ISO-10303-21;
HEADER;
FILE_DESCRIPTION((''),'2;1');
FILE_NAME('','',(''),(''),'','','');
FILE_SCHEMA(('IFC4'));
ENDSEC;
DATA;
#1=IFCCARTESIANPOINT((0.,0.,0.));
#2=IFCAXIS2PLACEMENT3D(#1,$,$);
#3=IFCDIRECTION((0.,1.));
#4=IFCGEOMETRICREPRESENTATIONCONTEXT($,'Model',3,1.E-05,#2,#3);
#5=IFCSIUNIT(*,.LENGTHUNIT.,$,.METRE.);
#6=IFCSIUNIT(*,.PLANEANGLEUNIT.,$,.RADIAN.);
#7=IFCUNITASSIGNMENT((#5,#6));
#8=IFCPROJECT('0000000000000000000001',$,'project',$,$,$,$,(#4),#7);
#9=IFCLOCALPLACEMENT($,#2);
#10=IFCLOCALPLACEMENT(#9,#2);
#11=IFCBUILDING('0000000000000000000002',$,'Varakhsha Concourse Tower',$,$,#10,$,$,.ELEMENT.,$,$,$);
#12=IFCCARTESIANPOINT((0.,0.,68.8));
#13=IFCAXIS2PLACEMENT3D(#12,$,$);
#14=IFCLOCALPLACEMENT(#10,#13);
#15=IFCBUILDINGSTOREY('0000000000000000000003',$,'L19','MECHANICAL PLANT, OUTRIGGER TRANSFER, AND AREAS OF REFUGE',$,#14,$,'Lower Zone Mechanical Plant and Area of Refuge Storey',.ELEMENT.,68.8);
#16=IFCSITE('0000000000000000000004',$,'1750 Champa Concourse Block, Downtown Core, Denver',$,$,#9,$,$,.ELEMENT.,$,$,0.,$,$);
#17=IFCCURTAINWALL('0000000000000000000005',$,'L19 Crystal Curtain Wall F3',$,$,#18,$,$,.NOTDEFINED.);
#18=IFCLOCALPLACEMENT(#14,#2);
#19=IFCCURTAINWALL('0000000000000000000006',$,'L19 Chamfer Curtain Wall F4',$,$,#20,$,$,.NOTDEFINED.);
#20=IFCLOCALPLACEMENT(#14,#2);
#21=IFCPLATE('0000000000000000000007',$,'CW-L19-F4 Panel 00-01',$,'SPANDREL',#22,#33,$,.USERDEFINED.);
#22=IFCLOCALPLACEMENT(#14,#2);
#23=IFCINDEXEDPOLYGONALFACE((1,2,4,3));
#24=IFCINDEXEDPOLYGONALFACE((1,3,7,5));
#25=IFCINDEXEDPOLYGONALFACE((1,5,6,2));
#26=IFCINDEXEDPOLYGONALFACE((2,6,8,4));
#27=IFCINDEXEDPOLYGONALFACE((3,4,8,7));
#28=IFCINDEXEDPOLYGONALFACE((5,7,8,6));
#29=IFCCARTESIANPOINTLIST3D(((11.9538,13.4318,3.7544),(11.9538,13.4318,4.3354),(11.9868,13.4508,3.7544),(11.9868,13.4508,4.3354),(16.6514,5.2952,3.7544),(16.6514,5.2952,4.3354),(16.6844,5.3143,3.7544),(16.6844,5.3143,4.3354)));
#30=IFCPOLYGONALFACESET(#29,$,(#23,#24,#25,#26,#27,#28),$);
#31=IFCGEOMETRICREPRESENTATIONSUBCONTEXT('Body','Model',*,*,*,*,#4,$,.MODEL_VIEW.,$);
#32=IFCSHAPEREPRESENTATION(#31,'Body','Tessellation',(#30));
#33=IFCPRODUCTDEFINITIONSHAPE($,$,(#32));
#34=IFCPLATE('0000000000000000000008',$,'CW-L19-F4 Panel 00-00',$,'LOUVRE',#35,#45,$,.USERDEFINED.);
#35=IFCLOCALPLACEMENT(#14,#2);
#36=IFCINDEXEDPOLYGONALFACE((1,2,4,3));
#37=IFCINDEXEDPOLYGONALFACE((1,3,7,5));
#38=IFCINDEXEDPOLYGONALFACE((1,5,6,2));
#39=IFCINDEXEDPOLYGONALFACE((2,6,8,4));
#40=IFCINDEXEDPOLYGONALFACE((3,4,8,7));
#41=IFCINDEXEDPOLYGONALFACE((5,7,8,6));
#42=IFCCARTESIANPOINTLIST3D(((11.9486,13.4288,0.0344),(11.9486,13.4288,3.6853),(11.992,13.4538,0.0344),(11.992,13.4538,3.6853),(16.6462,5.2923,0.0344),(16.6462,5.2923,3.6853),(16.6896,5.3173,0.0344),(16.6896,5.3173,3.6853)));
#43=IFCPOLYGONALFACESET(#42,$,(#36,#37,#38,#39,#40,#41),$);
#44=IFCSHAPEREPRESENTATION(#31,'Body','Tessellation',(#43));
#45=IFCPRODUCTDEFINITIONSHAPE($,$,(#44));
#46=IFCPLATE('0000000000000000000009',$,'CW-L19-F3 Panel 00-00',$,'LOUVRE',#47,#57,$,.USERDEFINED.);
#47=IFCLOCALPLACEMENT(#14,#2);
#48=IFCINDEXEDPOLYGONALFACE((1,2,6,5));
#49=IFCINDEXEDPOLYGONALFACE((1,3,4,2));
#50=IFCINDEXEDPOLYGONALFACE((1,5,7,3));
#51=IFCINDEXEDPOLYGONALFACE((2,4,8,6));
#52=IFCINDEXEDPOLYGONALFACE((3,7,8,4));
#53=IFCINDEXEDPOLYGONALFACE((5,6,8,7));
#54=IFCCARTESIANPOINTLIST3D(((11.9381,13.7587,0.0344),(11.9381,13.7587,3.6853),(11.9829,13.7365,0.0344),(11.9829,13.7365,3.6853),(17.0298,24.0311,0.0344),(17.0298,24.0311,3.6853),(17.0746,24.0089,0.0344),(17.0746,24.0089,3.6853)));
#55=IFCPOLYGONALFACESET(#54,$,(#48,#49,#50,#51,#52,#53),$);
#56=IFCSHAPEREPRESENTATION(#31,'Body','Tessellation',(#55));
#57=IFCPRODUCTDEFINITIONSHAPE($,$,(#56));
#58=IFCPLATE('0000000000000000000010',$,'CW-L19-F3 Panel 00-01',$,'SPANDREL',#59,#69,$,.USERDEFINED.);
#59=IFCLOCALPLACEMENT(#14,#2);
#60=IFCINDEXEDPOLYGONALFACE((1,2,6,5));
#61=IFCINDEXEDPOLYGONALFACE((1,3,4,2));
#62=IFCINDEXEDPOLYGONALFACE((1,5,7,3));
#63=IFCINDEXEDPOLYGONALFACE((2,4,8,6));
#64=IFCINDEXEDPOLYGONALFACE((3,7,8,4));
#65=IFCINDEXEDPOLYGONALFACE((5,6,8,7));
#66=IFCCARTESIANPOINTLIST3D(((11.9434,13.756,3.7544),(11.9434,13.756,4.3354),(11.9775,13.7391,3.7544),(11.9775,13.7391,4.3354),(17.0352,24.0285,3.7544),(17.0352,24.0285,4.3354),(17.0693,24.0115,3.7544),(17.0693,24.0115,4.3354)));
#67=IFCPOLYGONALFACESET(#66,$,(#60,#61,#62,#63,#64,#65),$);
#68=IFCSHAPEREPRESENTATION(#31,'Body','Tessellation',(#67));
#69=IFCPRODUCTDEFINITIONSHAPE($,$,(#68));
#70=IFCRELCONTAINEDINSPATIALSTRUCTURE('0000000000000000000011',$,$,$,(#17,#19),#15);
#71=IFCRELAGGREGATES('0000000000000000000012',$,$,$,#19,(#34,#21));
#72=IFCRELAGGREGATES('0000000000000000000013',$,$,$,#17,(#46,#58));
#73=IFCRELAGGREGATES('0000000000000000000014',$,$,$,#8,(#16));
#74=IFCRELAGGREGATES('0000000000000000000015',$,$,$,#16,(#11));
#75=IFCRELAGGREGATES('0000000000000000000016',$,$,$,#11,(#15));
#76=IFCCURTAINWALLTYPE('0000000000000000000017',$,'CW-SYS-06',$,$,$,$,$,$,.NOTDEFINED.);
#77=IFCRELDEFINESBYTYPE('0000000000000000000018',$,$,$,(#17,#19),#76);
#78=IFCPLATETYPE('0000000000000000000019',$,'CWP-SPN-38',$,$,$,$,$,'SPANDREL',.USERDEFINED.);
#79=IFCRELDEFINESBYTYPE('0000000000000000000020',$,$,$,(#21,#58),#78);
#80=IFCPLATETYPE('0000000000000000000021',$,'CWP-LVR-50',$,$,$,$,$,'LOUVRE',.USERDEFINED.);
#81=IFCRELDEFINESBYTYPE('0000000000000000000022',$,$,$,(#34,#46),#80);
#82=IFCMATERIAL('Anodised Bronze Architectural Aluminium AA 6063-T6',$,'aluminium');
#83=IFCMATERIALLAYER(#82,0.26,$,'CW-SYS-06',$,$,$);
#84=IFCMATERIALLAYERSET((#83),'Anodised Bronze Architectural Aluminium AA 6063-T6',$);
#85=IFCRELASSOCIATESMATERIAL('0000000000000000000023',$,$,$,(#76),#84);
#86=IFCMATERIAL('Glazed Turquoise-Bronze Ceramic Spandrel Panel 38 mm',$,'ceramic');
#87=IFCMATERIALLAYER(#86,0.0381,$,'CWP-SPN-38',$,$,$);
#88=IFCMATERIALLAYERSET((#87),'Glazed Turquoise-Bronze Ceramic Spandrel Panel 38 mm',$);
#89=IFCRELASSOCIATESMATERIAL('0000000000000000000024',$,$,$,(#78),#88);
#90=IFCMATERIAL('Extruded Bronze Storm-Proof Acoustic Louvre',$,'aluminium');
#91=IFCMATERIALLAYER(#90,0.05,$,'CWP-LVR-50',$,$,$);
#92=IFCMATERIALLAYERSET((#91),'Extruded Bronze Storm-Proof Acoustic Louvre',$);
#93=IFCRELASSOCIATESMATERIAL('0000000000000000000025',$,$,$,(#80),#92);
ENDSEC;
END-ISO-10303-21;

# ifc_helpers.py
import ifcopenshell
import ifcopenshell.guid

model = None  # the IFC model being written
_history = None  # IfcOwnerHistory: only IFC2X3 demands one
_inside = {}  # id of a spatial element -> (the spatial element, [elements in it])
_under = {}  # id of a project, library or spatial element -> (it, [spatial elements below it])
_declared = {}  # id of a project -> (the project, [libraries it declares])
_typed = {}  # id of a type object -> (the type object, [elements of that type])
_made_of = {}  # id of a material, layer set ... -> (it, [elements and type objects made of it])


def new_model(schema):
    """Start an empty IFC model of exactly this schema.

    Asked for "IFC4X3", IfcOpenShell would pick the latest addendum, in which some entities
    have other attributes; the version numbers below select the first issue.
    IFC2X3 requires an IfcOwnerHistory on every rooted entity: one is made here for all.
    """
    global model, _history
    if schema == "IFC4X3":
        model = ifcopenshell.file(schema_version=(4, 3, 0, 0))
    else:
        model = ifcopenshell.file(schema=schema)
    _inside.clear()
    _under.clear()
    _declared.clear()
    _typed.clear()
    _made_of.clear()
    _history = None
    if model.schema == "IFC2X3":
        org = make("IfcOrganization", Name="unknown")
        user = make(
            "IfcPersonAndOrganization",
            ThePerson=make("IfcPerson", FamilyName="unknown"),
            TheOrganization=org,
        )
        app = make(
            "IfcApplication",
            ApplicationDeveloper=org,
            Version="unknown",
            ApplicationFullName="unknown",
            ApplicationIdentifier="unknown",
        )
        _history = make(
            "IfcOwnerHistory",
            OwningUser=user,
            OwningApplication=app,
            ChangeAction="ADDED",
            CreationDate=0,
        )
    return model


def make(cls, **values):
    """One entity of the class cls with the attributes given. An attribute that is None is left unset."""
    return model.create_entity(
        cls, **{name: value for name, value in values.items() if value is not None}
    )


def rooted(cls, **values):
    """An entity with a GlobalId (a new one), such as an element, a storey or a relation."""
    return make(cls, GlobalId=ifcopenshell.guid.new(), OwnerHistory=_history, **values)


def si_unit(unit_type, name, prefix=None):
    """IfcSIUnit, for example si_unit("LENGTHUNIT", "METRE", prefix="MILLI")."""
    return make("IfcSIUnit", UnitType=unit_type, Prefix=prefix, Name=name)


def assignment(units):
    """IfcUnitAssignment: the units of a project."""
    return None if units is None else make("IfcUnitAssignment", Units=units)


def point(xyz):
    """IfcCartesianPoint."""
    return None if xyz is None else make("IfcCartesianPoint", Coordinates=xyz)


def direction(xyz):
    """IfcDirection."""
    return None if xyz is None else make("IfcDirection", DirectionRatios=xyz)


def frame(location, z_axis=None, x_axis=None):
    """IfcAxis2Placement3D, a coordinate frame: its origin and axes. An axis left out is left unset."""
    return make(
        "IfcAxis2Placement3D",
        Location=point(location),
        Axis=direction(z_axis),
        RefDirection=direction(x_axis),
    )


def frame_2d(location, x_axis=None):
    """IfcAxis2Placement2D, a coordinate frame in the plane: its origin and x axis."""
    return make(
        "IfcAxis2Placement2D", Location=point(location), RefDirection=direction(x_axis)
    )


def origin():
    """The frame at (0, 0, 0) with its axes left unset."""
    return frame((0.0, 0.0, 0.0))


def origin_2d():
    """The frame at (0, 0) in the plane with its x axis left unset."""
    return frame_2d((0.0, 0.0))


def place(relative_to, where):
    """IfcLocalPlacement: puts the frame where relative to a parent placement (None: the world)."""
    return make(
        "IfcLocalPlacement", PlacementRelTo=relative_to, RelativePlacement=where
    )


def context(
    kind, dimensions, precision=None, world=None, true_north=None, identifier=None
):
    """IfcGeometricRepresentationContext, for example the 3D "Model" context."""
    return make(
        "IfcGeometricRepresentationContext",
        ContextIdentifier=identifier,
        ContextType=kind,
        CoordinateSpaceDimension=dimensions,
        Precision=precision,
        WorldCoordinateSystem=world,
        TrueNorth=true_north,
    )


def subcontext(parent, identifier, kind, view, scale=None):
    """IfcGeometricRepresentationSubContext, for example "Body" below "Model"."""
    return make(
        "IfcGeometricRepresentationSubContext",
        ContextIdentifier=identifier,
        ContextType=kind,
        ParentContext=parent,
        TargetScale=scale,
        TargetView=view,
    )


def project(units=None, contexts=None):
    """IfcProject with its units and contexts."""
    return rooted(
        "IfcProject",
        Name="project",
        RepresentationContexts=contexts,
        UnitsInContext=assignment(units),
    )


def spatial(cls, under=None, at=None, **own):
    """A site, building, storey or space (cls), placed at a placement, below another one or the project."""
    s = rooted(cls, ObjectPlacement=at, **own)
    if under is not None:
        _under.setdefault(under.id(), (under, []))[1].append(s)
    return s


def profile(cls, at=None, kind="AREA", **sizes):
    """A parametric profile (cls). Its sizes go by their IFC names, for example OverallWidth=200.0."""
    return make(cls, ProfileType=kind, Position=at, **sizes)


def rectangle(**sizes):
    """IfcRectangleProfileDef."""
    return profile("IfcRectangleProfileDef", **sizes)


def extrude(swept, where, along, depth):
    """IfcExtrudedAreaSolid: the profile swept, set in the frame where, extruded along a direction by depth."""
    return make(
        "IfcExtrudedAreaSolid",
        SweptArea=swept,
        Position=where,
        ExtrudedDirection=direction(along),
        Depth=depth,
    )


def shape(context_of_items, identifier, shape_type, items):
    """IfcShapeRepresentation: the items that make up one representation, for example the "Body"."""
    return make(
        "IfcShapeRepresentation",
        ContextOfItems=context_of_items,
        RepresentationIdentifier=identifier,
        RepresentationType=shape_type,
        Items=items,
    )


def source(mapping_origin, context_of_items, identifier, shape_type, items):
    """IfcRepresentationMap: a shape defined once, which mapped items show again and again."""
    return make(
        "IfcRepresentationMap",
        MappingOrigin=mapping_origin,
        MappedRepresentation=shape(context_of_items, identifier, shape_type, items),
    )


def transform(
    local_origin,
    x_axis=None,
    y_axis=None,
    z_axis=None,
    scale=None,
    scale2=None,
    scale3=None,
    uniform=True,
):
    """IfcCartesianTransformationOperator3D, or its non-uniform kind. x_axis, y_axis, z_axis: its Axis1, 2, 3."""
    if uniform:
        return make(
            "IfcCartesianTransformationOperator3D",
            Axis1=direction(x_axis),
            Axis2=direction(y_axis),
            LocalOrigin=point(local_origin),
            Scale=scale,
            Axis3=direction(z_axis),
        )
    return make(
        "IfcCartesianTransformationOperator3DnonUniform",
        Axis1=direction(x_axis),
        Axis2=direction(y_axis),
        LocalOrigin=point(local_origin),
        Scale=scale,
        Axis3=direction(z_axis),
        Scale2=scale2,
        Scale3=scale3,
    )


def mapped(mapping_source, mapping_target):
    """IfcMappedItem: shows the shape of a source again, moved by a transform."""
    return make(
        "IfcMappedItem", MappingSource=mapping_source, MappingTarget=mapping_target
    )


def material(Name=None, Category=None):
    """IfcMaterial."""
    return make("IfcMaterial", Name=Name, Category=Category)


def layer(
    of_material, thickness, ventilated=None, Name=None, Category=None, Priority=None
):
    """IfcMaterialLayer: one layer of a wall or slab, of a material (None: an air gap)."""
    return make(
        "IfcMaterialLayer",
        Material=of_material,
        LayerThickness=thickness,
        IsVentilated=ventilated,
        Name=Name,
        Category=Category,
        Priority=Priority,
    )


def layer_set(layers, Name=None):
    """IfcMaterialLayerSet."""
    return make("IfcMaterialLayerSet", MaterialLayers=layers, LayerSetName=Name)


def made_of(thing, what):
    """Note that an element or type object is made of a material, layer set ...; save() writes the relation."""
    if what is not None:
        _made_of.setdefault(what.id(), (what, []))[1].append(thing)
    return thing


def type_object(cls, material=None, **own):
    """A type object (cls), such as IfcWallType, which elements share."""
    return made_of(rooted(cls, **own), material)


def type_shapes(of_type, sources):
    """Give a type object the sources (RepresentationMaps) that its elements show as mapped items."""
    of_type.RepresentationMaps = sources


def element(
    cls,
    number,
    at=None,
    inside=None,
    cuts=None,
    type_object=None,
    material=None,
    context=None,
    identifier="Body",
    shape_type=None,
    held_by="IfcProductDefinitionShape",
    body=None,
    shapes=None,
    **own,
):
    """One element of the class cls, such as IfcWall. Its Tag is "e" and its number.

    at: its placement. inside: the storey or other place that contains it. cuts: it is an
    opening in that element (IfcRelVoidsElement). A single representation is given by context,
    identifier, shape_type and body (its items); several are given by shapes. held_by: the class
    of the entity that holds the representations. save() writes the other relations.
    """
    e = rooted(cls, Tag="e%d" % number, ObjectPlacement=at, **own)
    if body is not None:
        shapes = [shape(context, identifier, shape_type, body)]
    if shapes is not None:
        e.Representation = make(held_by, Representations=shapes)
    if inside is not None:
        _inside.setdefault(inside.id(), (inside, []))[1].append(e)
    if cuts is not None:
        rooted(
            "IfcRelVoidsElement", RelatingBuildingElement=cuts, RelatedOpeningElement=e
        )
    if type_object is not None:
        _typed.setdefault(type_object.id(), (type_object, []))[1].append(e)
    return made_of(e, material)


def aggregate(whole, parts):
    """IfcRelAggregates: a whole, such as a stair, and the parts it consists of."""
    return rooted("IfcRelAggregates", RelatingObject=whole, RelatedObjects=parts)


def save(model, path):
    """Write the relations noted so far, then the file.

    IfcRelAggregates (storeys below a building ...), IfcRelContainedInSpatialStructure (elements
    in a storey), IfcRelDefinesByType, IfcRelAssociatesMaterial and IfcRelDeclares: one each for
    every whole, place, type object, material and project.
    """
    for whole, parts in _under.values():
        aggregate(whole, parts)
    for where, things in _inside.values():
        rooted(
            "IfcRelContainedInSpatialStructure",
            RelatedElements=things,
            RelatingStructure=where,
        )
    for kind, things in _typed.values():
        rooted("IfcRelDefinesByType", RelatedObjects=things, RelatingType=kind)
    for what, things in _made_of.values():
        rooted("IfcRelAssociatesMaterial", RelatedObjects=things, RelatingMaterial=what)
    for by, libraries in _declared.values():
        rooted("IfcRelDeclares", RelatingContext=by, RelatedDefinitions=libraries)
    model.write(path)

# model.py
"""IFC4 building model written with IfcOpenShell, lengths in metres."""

from ifc_helpers import new_model, si_unit, direction, frame, origin, origin_2d, place, context, subcontext, project, spatial, rectangle, extrude, source, transform, mapped, material, layer, layer_set, type_object, type_shapes, element, aggregate, save


model = new_model("IFC4")

# Units and contexts
model_context = context("Model", 3, precision=1e-05, world=origin(), true_north=direction((0.0, 1.0)))
body_context = subcontext(model_context, "Body", "Model", "MODEL_VIEW")
ifc_project = project(units=[si_unit("LENGTHUNIT", "METRE"), si_unit("PLANEANGLEUNIT", "RADIAN")], contexts=[model_context])

# Site, building, storey
site_placement = place(None, origin())
site = spatial("IfcSite", under=ifc_project, at=site_placement, Name="1750 Champa Concourse Block, Downtown Core, Denver", CompositionType="ELEMENT", RefElevation=0.0)
building_placement = place(site_placement, origin())
building = spatial("IfcBuilding", under=site, at=building_placement, Name="Varakhsha Concourse Tower", CompositionType="ELEMENT")
storey_placement = place(building_placement, frame((0.0, 0.0, 68.8)))
storey = spatial("IfcBuildingStorey", under=building, at=storey_placement, Name="L19", Description="MECHANICAL PLANT, OUTRIGGER TRANSFER, AND AREAS OF REFUGE", LongName="Lower Zone Mechanical Plant and Area of Refuge Storey", CompositionType="ELEMENT", Elevation=68.8)

# Curtain walls
ifc_material_1 = material(Name="Anodised Bronze Architectural Aluminium AA 6063-T6", Category="aluminium")
ifc_layer_1 = layer(ifc_material_1, 0.26, Name="CW-SYS-06")
ifc_layer_set_1 = layer_set([ifc_layer_1], Name="Anodised Bronze Architectural Aluminium AA 6063-T6")
curtain_wall_type = type_object("IfcCurtainWallType", Name="CW-SYS-06", PredefinedType="NOTDEFINED", material=ifc_layer_set_1)
curtain_wall_1_placement = place(storey_placement, origin())
curtain_wall_1 = element("IfcCurtainWall", 1, at=curtain_wall_1_placement, inside=storey, type_object=curtain_wall_type, Name="L19 Crystal Curtain Wall F3", PredefinedType="NOTDEFINED")
curtain_wall_2_placement = place(storey_placement, origin())
curtain_wall_2 = element("IfcCurtainWall", 2, at=curtain_wall_2_placement, inside=storey, type_object=curtain_wall_type, Name="L19 Chamfer Curtain Wall F4", PredefinedType="NOTDEFINED")

# Plates
ifc_material_2 = material(Name="Glazed Turquoise-Bronze Ceramic Spandrel Panel 38 mm", Category="ceramic")
ifc_layer_2 = layer(ifc_material_2, 0.0381, Name="CWP-SPN-38")
ifc_layer_set_2 = layer_set([ifc_layer_2], Name="Glazed Turquoise-Bronze Ceramic Spandrel Panel 38 mm")
plate_type_1 = type_object("IfcPlateType", Name="CWP-SPN-38", ElementType="SPANDREL", PredefinedType="USERDEFINED", material=ifc_layer_set_2)
shared_shape_1 = source(origin(), body_context, "Body", "SweptSolid", [
    extrude(rectangle(XDim=9.3953, YDim=0.0381, at=origin_2d()), origin(), (0.0, 0.0, 1.0), 0.5811),
])
plate_1_placement = place(storey_placement, frame((14.3191, 9.373, 3.7544), z_axis=(0.0, 0.0, 1.0), x_axis=(-0.499995, 0.866028, 0.0)))
plate_1 = element("IfcPlate", 3, at=plate_1_placement, type_object=plate_type_1, Name="CW-L19-F4 Panel 00-01", ObjectType="SPANDREL", PredefinedType="USERDEFINED", context=body_context, shape_type="MappedRepresentation", body=[
    mapped(shared_shape_1, transform((0.0, 0.0, 0.0), scale=1.0)),
])
ifc_material_3 = material(Name="Extruded Bronze Storm-Proof Acoustic Louvre", Category="aluminium")
ifc_layer_3 = layer(ifc_material_3, 0.05, Name="CWP-LVR-50")
ifc_layer_set_3 = layer_set([ifc_layer_3], Name="Extruded Bronze Storm-Proof Acoustic Louvre")
plate_type_2 = type_object("IfcPlateType", Name="CWP-LVR-50", ElementType="LOUVRE", PredefinedType="USERDEFINED", material=ifc_layer_set_3)
shared_shape_2 = source(origin(), body_context, "Body", "SweptSolid", [
    extrude(rectangle(XDim=9.3953, YDim=0.05, at=origin_2d()), origin(), (0.0, 0.0, 1.0), 3.6509),
])
plate_2_placement = place(storey_placement, frame((14.3191, 9.373, 0.0344), z_axis=(0.0, 0.0, 1.0), x_axis=(-0.499995, 0.866028, 0.0)))
plate_2 = element("IfcPlate", 4, at=plate_2_placement, type_object=plate_type_2, Name="CW-L19-F4 Panel 00-00", ObjectType="LOUVRE", PredefinedType="USERDEFINED", context=body_context, shape_type="MappedRepresentation", body=[
    mapped(shared_shape_2, transform((0.0, 0.0, 0.0), scale=1.0)),
])
aggregate(curtain_wall_2, [plate_2, plate_1])
shared_shape_3 = source(origin(), body_context, "Body", "SweptSolid", [
    extrude(rectangle(XDim=11.4651, YDim=0.05, at=origin_2d()), origin(), (0.0, 0.0, 1.0), 3.6509),
])
type_shapes(plate_type_2, [shared_shape_2, shared_shape_3])
plate_3_placement = place(storey_placement, frame((14.5063, 18.8838, 0.0344), z_axis=(0.0, 0.0, 1.0), x_axis=(0.444108, 0.895973, 0.0)))
plate_3 = element("IfcPlate", 5, at=plate_3_placement, type_object=plate_type_2, Name="CW-L19-F3 Panel 00-00", ObjectType="LOUVRE", PredefinedType="USERDEFINED", context=body_context, shape_type="MappedRepresentation", body=[
    mapped(shared_shape_3, transform((0.0, 0.0, 0.0), scale=1.0)),
])
shared_shape_4 = source(origin(), body_context, "Body", "SweptSolid", [
    extrude(rectangle(XDim=11.4651, YDim=0.0381, at=origin_2d()), origin(), (0.0, 0.0, 1.0), 0.5811),
])
type_shapes(plate_type_1, [shared_shape_1, shared_shape_4])
plate_4_placement = place(storey_placement, frame((14.5063, 18.8838, 3.7544), z_axis=(0.0, 0.0, 1.0), x_axis=(0.444108, 0.895973, 0.0)))
plate_4 = element("IfcPlate", 6, at=plate_4_placement, type_object=plate_type_1, Name="CW-L19-F3 Panel 00-01", ObjectType="SPANDREL", PredefinedType="USERDEFINED", context=body_context, shape_type="MappedRepresentation", body=[
    mapped(shared_shape_4, transform((0.0, 0.0, 0.0), scale=1.0)),
])
aggregate(curtain_wall_1, [plate_3, plate_4])

save(model, "model.ifc")
